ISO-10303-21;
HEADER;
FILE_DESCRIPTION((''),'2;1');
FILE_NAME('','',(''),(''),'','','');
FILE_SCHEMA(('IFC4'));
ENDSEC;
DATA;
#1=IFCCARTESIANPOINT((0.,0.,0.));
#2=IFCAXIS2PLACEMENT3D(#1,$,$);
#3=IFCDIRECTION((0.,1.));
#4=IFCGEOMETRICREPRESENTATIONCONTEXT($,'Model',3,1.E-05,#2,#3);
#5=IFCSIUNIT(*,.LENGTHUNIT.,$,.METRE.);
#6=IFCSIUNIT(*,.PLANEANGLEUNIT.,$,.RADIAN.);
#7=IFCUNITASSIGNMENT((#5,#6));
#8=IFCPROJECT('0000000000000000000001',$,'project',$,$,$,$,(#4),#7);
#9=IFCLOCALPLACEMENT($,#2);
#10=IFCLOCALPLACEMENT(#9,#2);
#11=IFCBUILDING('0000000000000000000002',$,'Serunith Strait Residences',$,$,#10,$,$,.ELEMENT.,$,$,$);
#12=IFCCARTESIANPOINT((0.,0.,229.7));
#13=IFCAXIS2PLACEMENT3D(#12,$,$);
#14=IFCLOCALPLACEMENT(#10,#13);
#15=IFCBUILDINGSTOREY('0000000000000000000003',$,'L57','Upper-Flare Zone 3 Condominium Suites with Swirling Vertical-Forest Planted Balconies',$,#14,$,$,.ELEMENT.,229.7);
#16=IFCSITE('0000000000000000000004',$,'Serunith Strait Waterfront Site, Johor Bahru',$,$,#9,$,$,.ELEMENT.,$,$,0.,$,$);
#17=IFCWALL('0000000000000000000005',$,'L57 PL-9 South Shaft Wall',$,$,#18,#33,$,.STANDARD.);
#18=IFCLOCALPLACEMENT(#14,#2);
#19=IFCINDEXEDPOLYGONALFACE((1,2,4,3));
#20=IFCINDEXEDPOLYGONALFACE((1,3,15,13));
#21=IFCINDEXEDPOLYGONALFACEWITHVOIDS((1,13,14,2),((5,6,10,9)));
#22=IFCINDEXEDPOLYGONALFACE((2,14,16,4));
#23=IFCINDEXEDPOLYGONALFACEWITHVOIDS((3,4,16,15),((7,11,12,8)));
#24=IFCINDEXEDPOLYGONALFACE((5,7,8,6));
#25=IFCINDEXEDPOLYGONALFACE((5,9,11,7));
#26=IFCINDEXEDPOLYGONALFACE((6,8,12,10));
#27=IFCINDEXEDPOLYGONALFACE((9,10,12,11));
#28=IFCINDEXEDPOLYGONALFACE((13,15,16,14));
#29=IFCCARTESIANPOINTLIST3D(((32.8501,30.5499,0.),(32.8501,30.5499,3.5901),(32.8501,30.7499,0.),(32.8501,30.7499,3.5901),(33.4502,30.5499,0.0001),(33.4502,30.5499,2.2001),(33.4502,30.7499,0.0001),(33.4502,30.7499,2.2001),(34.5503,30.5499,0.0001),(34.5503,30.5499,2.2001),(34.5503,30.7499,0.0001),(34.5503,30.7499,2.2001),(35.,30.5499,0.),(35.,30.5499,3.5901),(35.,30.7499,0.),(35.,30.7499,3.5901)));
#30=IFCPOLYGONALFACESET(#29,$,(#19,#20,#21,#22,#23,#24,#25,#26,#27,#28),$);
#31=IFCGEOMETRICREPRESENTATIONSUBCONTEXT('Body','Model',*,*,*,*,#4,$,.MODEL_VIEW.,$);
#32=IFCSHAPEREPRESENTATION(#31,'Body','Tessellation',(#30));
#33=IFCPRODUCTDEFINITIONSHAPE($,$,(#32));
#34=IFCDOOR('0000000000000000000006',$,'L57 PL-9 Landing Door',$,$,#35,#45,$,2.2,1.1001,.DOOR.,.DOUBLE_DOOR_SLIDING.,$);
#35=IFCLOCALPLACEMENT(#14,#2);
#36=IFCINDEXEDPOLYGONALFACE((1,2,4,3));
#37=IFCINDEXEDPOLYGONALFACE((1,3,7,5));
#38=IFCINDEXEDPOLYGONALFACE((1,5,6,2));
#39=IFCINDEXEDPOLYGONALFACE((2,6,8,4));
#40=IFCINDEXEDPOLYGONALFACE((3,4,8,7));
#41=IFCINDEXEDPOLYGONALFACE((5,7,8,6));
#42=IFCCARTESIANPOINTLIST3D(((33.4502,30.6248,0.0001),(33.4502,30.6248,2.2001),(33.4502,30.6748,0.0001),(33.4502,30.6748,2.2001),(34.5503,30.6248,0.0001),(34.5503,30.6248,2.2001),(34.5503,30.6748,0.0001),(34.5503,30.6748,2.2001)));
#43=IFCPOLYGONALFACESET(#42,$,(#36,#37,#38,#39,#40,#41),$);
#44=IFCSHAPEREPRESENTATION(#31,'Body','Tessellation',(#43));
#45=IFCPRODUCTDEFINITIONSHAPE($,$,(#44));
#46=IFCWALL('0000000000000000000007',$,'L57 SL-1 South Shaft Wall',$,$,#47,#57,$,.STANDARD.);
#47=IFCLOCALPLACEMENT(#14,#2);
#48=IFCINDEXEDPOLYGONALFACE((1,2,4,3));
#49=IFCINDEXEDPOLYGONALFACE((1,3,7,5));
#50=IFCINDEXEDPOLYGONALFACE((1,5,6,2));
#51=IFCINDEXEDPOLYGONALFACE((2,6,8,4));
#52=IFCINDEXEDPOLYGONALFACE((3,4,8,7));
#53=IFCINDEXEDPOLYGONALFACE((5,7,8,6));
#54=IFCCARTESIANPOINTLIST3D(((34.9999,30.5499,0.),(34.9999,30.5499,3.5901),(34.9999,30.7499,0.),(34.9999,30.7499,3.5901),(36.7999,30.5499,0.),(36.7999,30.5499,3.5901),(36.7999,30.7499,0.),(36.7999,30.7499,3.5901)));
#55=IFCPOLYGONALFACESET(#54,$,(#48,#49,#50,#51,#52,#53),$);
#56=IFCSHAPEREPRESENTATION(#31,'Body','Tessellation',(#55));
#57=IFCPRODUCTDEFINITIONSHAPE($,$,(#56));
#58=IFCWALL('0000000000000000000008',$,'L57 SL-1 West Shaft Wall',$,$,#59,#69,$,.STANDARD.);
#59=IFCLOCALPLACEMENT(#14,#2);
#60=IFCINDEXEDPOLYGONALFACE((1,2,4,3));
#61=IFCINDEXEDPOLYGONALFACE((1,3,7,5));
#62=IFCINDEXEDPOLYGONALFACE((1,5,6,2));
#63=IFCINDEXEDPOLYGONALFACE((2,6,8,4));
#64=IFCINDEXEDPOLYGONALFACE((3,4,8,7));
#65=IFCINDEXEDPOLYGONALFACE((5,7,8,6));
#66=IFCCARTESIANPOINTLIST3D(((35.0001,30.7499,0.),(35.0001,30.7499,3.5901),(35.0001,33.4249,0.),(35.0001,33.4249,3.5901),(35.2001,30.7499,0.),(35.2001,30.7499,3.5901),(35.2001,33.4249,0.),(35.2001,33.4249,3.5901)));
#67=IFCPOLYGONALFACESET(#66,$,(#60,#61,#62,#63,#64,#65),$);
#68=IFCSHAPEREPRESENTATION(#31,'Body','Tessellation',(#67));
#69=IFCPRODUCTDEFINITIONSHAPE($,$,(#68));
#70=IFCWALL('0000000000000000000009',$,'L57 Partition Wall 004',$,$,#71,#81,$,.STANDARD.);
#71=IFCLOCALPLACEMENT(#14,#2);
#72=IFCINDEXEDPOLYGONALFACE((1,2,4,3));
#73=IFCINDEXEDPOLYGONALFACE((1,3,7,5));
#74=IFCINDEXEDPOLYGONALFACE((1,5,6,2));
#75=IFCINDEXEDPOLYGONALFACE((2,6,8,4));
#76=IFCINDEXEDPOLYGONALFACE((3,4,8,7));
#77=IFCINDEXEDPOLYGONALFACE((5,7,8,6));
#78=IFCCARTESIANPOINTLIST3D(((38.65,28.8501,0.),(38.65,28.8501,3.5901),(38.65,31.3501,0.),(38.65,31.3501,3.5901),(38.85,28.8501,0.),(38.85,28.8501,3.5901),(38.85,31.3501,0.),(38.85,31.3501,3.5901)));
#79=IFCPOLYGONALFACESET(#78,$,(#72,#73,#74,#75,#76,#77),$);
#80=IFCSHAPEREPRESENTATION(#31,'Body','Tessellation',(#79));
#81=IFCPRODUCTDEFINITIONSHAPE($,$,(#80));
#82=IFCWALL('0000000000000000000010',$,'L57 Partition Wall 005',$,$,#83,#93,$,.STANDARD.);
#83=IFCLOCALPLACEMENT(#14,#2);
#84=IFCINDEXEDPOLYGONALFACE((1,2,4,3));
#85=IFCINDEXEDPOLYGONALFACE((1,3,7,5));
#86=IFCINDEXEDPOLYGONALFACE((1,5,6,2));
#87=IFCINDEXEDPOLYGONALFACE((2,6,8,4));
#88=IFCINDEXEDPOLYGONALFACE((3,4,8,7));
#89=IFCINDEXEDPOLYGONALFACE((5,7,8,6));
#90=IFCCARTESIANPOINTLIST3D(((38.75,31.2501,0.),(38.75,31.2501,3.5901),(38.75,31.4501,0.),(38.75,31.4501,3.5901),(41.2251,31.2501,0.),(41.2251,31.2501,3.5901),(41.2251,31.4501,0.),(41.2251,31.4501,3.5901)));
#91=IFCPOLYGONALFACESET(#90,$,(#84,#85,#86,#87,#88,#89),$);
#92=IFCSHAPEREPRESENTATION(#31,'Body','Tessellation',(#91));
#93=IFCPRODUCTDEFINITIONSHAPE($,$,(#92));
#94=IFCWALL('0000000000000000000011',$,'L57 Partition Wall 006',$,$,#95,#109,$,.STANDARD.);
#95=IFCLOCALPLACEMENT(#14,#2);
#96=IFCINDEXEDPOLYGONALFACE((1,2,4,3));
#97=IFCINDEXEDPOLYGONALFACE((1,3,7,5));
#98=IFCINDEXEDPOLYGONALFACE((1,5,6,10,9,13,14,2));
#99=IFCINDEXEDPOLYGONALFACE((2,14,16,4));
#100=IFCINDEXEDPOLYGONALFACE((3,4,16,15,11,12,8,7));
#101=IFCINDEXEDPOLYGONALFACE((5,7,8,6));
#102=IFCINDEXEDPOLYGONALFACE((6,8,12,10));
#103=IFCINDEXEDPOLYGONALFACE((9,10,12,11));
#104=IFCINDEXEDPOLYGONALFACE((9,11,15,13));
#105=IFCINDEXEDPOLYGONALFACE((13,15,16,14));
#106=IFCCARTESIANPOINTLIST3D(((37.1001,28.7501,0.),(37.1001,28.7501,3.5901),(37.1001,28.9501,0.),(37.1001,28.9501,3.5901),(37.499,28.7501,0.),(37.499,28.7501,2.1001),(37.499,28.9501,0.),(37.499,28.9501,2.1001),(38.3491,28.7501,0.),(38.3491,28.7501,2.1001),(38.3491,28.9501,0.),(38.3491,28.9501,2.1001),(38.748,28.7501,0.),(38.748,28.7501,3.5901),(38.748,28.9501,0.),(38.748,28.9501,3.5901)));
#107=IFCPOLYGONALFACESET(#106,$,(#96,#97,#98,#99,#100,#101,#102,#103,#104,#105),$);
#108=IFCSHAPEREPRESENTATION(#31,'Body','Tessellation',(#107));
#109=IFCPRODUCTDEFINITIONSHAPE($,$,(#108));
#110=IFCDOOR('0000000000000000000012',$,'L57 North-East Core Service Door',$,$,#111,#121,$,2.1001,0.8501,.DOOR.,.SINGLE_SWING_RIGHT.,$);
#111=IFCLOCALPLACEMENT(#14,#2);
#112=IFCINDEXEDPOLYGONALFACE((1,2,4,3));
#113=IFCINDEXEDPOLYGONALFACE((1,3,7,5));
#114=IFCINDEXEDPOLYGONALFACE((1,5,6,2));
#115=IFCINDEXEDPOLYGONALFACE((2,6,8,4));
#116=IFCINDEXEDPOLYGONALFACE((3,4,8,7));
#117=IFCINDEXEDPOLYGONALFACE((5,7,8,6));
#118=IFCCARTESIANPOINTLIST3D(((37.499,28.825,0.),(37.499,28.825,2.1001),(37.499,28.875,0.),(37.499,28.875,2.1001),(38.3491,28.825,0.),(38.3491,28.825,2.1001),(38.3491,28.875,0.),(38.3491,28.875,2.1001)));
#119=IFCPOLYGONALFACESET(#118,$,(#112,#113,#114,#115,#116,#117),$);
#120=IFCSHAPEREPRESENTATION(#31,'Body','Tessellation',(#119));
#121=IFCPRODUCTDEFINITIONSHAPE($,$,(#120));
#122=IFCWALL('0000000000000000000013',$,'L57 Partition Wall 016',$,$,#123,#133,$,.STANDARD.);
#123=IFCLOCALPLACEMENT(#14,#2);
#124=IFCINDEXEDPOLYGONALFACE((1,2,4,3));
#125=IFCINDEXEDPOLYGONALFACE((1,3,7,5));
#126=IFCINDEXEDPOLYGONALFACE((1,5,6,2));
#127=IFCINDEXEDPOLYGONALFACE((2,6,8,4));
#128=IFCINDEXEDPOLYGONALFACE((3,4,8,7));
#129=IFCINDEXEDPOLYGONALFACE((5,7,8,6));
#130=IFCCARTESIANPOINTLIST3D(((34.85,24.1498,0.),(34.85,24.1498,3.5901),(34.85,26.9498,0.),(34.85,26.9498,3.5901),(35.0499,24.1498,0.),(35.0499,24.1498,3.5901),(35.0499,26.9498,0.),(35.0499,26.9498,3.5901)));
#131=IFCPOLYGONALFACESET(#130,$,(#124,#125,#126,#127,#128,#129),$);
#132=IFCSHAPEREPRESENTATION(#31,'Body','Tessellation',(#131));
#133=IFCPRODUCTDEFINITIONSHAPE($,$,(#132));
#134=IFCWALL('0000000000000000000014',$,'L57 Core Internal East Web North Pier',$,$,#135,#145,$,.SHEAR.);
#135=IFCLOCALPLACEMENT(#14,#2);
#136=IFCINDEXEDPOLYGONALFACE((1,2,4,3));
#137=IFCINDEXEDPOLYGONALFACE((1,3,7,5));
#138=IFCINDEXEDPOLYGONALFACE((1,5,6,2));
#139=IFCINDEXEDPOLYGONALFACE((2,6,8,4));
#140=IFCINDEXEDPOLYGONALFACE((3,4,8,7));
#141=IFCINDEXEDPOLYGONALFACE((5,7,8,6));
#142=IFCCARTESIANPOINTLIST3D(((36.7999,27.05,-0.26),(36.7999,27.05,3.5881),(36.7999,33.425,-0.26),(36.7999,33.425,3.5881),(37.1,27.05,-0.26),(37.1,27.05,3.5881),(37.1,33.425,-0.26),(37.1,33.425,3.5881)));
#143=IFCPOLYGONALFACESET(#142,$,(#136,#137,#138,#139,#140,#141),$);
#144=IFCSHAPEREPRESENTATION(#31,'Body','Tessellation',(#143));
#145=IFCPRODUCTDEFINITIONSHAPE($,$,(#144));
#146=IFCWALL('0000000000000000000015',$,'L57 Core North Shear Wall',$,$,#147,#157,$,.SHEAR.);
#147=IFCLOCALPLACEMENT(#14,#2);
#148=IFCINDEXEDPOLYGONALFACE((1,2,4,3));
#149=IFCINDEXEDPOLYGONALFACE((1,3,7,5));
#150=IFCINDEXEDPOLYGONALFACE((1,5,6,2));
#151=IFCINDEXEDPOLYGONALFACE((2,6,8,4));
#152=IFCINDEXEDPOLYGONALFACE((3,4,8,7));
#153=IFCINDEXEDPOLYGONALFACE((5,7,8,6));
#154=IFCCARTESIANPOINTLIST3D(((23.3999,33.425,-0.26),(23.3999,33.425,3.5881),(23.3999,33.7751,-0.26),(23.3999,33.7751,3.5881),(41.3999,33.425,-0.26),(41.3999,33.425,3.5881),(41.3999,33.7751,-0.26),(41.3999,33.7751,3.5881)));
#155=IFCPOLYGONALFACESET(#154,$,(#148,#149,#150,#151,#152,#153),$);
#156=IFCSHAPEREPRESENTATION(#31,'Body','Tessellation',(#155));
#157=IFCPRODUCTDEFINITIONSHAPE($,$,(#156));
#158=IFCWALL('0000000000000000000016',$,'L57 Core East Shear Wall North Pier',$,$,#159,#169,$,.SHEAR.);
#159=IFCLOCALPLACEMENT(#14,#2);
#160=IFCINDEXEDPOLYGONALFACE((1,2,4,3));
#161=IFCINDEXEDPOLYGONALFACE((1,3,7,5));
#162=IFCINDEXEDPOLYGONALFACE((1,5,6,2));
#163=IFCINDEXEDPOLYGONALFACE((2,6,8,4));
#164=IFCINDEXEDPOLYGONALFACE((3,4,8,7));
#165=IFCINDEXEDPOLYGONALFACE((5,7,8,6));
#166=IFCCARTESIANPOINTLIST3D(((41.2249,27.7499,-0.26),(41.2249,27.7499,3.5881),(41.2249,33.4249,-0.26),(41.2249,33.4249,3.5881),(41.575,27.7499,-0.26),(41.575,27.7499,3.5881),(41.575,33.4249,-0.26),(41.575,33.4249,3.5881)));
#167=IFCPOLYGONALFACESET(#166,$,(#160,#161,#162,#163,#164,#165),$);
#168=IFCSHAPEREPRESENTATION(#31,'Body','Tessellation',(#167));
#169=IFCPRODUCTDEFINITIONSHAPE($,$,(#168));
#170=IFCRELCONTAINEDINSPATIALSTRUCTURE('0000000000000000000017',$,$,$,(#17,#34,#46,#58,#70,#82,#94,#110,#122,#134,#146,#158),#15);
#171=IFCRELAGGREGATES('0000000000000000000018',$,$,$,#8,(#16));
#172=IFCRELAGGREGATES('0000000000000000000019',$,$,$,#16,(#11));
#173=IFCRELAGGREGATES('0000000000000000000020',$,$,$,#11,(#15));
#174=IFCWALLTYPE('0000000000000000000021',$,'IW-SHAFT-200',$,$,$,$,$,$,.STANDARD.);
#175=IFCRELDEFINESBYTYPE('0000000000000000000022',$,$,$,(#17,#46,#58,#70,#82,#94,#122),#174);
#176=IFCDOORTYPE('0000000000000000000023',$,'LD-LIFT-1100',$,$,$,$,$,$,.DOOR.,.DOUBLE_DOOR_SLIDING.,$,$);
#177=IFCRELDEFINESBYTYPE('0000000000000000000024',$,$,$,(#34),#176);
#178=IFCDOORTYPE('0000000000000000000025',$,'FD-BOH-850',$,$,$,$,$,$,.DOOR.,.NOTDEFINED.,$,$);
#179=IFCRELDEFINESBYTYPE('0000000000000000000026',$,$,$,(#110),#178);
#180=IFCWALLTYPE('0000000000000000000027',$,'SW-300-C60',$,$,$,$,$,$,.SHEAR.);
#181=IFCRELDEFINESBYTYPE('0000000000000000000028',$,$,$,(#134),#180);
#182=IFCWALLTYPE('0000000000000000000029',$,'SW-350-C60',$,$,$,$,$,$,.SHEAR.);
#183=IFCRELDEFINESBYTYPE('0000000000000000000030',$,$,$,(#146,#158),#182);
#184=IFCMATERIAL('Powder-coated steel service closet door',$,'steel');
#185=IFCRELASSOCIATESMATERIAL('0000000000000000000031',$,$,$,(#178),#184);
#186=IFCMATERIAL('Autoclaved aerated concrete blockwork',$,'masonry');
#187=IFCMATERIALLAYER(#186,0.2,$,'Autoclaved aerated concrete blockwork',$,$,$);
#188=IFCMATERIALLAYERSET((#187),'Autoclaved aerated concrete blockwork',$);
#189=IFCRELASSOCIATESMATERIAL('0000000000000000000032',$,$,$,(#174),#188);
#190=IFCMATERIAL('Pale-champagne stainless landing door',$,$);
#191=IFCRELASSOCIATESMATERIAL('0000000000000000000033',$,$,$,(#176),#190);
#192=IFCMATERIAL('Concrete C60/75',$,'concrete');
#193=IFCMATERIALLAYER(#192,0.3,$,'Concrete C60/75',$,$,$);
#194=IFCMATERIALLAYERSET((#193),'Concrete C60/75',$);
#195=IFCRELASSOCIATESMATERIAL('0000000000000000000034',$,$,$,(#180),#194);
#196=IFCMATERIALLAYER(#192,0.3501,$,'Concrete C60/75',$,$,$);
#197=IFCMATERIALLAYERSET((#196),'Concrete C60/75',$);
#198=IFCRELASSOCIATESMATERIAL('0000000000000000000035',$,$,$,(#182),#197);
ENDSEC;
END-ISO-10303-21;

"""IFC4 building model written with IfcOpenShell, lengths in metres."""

from ifc_helpers import new_model, si_unit, direction, frame, frame_2d, origin, place, context, subcontext, project, spatial, rectangle, extrude, source, transform, mapped, material, layer, layer_set, type_object, element, fill, save


model = new_model("IFC4")

# Units and contexts
model_context = context("Model", 3, precision=1e-05, world=origin(), true_north=direction((0.0, 1.0)))
body_context = subcontext(model_context, "Body", "Model", "MODEL_VIEW")
ifc_project = project(units=[si_unit("LENGTHUNIT", "METRE"), si_unit("PLANEANGLEUNIT", "RADIAN")], contexts=[model_context])

# Site, building, storey
site_placement = place(None, origin())
site = spatial("IfcSite", under=ifc_project, at=site_placement, Name="Serunith Strait Waterfront Site, Johor Bahru", CompositionType="ELEMENT", RefElevation=0.0)
building_placement = place(site_placement, origin())
building = spatial("IfcBuilding", under=site, at=building_placement, Name="Serunith Strait Residences", CompositionType="ELEMENT")
storey_placement = place(building_placement, frame((0.0, 0.0, 229.7)))
storey = spatial("IfcBuildingStorey", under=building, at=storey_placement, Name="L57", Description="Upper-Flare Zone 3 Condominium Suites with Swirling Vertical-Forest Planted Balconies", CompositionType="ELEMENT", Elevation=229.7)

# Shared definitions
ifc_material_1 = material(Name="Powder-coated steel service closet door", Category="steel")
door_type_1 = type_object("IfcDoorType", Name="FD-BOH-850", OperationType="NOTDEFINED", PredefinedType="DOOR", material=ifc_material_1)
shared_shape_1 = source(origin(), body_context, "Body", "SweptSolid", [
    extrude(rectangle(XDim=0.8501, YDim=2.1001, at=frame_2d((0.425, 1.05))), frame((0.0, 0.0249, 0.0), z_axis=(0.0, -1.0, 0.0), x_axis=(1.0, 0.0, 0.0)), (0.0, 0.0, 1.0), 0.05),
])

# Wall, opening, door
ifc_material_2 = material(Name="Autoclaved aerated concrete blockwork", Category="masonry")
ifc_layer_1 = layer(ifc_material_2, 0.2, Name="Autoclaved aerated concrete blockwork")
ifc_layer_set_1 = layer_set([ifc_layer_1], Name="Autoclaved aerated concrete blockwork")
wall_type_1 = type_object("IfcWallType", Name="IW-SHAFT-200", PredefinedType="STANDARD", material=ifc_layer_set_1)
wall_1_placement = place(storey_placement, frame((32.8501, 30.6499, 0.0), z_axis=(0.0, 0.0, 1.0), x_axis=(1.0, 0.0, 0.0)))
wall_1 = element("IfcWall", 1, at=wall_1_placement, inside=storey, type_object=wall_type_1, Name="L57 PL-9 South Shaft Wall", PredefinedType="STANDARD", context=body_context, shape_type="SweptSolid", body=[
    extrude(rectangle(XDim=2.1499, YDim=0.2, at=frame_2d((1.075, 0.0))), origin(), (0.0, 0.0, 1.0), 3.5901),
])
opening_1_placement = place(wall_1_placement, frame((0.6001, 0.0, 0.0)))
opening_1 = element("IfcOpeningElement", 2, at=opening_1_placement, cuts=wall_1, PredefinedType="OPENING", context=body_context, shape_type="SweptSolid", body=[
    extrude(rectangle(XDim=1.1001, YDim=2.2, at=frame_2d((0.55, 1.1001))), frame((0.0, 0.1099, 0.0), z_axis=(0.0, -1.0, 0.0), x_axis=(1.0, 0.0, 0.0)), (0.0, 0.0, 1.0), 0.22),
])
ifc_material_3 = material(Name="Pale-champagne stainless landing door")
door_type_2 = type_object("IfcDoorType", Name="LD-LIFT-1100", OperationType="DOUBLE_DOOR_SLIDING", PredefinedType="DOOR", material=ifc_material_3)
shared_shape_2 = source(origin(), body_context, "Body", "SweptSolid", [
    extrude(rectangle(XDim=1.1001, YDim=2.2, at=frame_2d((0.55, 1.1001))), frame((0.0, 0.0249, 0.0), z_axis=(0.0, -1.0, 0.0), x_axis=(1.0, 0.0, 0.0)), (0.0, 0.0, 1.0), 0.05),
])
door_1_placement = place(opening_1_placement, origin())
door_1 = element("IfcDoor", 3, at=door_1_placement, inside=storey, type_object=door_type_2, Name="L57 PL-9 Landing Door", OperationType="DOUBLE_DOOR_SLIDING", OverallHeight=2.2, OverallWidth=1.1001, PredefinedType="DOOR", context=body_context, shape_type="MappedRepresentation", body=[
    mapped(shared_shape_2, transform((0.0, 0.0, 0.0), scale=1.0)),
])
fill(opening_1, door_1)

# Walls
wall_2_placement = place(storey_placement, frame((35.0, 30.6499, 0.0), z_axis=(0.0, 0.0, 1.0), x_axis=(1.0, 0.0, 0.0)))
element("IfcWall", 4, at=wall_2_placement, inside=storey, type_object=wall_type_1, Name="L57 SL-1 South Shaft Wall", PredefinedType="STANDARD", context=body_context, shape_type="SweptSolid", body=[
    extrude(rectangle(XDim=1.8, YDim=0.2, at=frame_2d((0.8999, 0.0))), origin(), (0.0, 0.0, 1.0), 3.5901),
])
wall_3_placement = place(storey_placement, frame((35.1001, 30.75, 0.0), z_axis=(0.0, 0.0, 1.0), x_axis=(0.0, 1.0, 0.0)))
element("IfcWall", 5, at=wall_3_placement, inside=storey, type_object=wall_type_1, Name="L57 SL-1 West Shaft Wall", PredefinedType="STANDARD", context=body_context, shape_type="SweptSolid", body=[
    extrude(rectangle(XDim=2.675, YDim=0.2, at=frame_2d((1.3374, 0.0))), origin(), (0.0, 0.0, 1.0), 3.5901),
])
wall_4_placement = place(storey_placement, frame((38.75, 28.8501, 0.0), z_axis=(0.0, 0.0, 1.0), x_axis=(0.0, 1.0, 0.0)))
element("IfcWall", 6, at=wall_4_placement, inside=storey, type_object=wall_type_1, Name="L57 Partition Wall 004", PredefinedType="STANDARD", context=body_context, shape_type="SweptSolid", body=[
    extrude(rectangle(XDim=2.5, YDim=0.2, at=frame_2d((1.25, 0.0))), origin(), (0.0, 0.0, 1.0), 3.5901),
])
wall_5_placement = place(storey_placement, frame((38.75, 31.3501, 0.0), z_axis=(0.0, 0.0, 1.0), x_axis=(1.0, 0.0, 0.0)))
element("IfcWall", 7, at=wall_5_placement, inside=storey, type_object=wall_type_1, Name="L57 Partition Wall 005", PredefinedType="STANDARD", context=body_context, shape_type="SweptSolid", body=[
    extrude(rectangle(XDim=2.4751, YDim=0.2, at=frame_2d((1.2375, 0.0))), origin(), (0.0, 0.0, 1.0), 3.5901),
])

# Wall, opening, door
wall_6_placement = place(storey_placement, frame((37.1001, 28.8501, 0.0), z_axis=(0.0, 0.0, 1.0), x_axis=(1.0, 0.0, 0.0)))
wall_6 = element("IfcWall", 8, at=wall_6_placement, inside=storey, type_object=wall_type_1, Name="L57 Partition Wall 006", PredefinedType="STANDARD", context=body_context, shape_type="SweptSolid", body=[
    extrude(rectangle(XDim=1.6479, YDim=0.2, at=frame_2d((0.824, 0.0))), origin(), (0.0, 0.0, 1.0), 3.5901),
])
opening_2_placement = place(wall_6_placement, frame((0.3989, 0.0, 0.0)))
opening_2 = element("IfcOpeningElement", 9, at=opening_2_placement, cuts=wall_6, PredefinedType="OPENING", context=body_context, shape_type="SweptSolid", body=[
    extrude(rectangle(XDim=0.8501, YDim=2.1001, at=frame_2d((0.425, 1.05))), frame((0.0, 0.1099, 0.0), z_axis=(0.0, -1.0, 0.0), x_axis=(1.0, 0.0, 0.0)), (0.0, 0.0, 1.0), 0.22),
])
door_2_placement = place(opening_2_placement, origin())
door_2 = element("IfcDoor", 10, at=door_2_placement, inside=storey, type_object=door_type_1, Name="L57 North-East Core Service Door", OperationType="SINGLE_SWING_RIGHT", OverallHeight=2.1001, OverallWidth=0.8501, PredefinedType="DOOR", context=body_context, shape_type="MappedRepresentation", body=[
    mapped(shared_shape_1, transform((0.0, 0.0, 0.0), scale=1.0)),
])
fill(opening_2, door_2)

# Walls
wall_7_placement = place(storey_placement, frame((34.95, 24.1499, 0.0), z_axis=(0.0, 0.0, 1.0), x_axis=(0.0, 1.0, 0.0)))
element("IfcWall", 11, at=wall_7_placement, inside=storey, type_object=wall_type_1, Name="L57 Partition Wall 016", PredefinedType="STANDARD", context=body_context, shape_type="SweptSolid", body=[
    extrude(rectangle(XDim=2.8, YDim=0.2, at=frame_2d((1.3999, 0.0))), origin(), (0.0, 0.0, 1.0), 3.5901),
])
ifc_material_4 = material(Name="Concrete C60/75", Category="concrete")
ifc_layer_2 = layer(ifc_material_4, 0.3, Name="Concrete C60/75")
ifc_layer_set_2 = layer_set([ifc_layer_2], Name="Concrete C60/75")
wall_type_2 = type_object("IfcWallType", Name="SW-300-C60", PredefinedType="SHEAR", material=ifc_layer_set_2)
wall_8_placement = place(storey_placement, frame((36.95, 27.05, -0.26), z_axis=(0.0, 0.0, 1.0), x_axis=(0.0, 1.0, 0.0)))
element("IfcWall", 12, at=wall_8_placement, inside=storey, type_object=wall_type_2, Name="L57 Core Internal East Web North Pier", PredefinedType="SHEAR", context=body_context, shape_type="SweptSolid", body=[
    extrude(rectangle(XDim=6.375, YDim=0.3, at=frame_2d((3.1875, 0.0))), origin(), (0.0, 0.0, 1.0), 3.8481),
])
ifc_layer_3 = layer(ifc_material_4, 0.3501, Name="Concrete C60/75")
ifc_layer_set_3 = layer_set([ifc_layer_3], Name="Concrete C60/75")
wall_type_3 = type_object("IfcWallType", Name="SW-350-C60", PredefinedType="SHEAR", material=ifc_layer_set_3)
wall_9_placement = place(storey_placement, frame((41.3999, 33.6001, -0.26), z_axis=(0.0, 0.0, 1.0), x_axis=(-1.0, 0.0, 0.0)))
element("IfcWall", 13, at=wall_9_placement, inside=storey, type_object=wall_type_3, Name="L57 Core North Shear Wall", PredefinedType="SHEAR", context=body_context, shape_type="SweptSolid", body=[
    extrude(rectangle(XDim=18.0, YDim=0.3501, at=frame_2d((9.0, 0.0))), origin(), (0.0, 0.0, 1.0), 3.8481),
])
wall_10_placement = place(storey_placement, frame((41.3999, 27.75, -0.26), z_axis=(0.0, 0.0, 1.0), x_axis=(0.0, 1.0, 0.0)))
element("IfcWall", 14, at=wall_10_placement, inside=storey, type_object=wall_type_3, Name="L57 Core East Shear Wall North Pier", PredefinedType="SHEAR", context=body_context, shape_type="SweptSolid", body=[
    extrude(rectangle(XDim=5.675, YDim=0.3501, at=frame_2d((2.8374, 0.0))), origin(), (0.0, 0.0, 1.0), 3.8481),
])

save(model, "model.ifc")
